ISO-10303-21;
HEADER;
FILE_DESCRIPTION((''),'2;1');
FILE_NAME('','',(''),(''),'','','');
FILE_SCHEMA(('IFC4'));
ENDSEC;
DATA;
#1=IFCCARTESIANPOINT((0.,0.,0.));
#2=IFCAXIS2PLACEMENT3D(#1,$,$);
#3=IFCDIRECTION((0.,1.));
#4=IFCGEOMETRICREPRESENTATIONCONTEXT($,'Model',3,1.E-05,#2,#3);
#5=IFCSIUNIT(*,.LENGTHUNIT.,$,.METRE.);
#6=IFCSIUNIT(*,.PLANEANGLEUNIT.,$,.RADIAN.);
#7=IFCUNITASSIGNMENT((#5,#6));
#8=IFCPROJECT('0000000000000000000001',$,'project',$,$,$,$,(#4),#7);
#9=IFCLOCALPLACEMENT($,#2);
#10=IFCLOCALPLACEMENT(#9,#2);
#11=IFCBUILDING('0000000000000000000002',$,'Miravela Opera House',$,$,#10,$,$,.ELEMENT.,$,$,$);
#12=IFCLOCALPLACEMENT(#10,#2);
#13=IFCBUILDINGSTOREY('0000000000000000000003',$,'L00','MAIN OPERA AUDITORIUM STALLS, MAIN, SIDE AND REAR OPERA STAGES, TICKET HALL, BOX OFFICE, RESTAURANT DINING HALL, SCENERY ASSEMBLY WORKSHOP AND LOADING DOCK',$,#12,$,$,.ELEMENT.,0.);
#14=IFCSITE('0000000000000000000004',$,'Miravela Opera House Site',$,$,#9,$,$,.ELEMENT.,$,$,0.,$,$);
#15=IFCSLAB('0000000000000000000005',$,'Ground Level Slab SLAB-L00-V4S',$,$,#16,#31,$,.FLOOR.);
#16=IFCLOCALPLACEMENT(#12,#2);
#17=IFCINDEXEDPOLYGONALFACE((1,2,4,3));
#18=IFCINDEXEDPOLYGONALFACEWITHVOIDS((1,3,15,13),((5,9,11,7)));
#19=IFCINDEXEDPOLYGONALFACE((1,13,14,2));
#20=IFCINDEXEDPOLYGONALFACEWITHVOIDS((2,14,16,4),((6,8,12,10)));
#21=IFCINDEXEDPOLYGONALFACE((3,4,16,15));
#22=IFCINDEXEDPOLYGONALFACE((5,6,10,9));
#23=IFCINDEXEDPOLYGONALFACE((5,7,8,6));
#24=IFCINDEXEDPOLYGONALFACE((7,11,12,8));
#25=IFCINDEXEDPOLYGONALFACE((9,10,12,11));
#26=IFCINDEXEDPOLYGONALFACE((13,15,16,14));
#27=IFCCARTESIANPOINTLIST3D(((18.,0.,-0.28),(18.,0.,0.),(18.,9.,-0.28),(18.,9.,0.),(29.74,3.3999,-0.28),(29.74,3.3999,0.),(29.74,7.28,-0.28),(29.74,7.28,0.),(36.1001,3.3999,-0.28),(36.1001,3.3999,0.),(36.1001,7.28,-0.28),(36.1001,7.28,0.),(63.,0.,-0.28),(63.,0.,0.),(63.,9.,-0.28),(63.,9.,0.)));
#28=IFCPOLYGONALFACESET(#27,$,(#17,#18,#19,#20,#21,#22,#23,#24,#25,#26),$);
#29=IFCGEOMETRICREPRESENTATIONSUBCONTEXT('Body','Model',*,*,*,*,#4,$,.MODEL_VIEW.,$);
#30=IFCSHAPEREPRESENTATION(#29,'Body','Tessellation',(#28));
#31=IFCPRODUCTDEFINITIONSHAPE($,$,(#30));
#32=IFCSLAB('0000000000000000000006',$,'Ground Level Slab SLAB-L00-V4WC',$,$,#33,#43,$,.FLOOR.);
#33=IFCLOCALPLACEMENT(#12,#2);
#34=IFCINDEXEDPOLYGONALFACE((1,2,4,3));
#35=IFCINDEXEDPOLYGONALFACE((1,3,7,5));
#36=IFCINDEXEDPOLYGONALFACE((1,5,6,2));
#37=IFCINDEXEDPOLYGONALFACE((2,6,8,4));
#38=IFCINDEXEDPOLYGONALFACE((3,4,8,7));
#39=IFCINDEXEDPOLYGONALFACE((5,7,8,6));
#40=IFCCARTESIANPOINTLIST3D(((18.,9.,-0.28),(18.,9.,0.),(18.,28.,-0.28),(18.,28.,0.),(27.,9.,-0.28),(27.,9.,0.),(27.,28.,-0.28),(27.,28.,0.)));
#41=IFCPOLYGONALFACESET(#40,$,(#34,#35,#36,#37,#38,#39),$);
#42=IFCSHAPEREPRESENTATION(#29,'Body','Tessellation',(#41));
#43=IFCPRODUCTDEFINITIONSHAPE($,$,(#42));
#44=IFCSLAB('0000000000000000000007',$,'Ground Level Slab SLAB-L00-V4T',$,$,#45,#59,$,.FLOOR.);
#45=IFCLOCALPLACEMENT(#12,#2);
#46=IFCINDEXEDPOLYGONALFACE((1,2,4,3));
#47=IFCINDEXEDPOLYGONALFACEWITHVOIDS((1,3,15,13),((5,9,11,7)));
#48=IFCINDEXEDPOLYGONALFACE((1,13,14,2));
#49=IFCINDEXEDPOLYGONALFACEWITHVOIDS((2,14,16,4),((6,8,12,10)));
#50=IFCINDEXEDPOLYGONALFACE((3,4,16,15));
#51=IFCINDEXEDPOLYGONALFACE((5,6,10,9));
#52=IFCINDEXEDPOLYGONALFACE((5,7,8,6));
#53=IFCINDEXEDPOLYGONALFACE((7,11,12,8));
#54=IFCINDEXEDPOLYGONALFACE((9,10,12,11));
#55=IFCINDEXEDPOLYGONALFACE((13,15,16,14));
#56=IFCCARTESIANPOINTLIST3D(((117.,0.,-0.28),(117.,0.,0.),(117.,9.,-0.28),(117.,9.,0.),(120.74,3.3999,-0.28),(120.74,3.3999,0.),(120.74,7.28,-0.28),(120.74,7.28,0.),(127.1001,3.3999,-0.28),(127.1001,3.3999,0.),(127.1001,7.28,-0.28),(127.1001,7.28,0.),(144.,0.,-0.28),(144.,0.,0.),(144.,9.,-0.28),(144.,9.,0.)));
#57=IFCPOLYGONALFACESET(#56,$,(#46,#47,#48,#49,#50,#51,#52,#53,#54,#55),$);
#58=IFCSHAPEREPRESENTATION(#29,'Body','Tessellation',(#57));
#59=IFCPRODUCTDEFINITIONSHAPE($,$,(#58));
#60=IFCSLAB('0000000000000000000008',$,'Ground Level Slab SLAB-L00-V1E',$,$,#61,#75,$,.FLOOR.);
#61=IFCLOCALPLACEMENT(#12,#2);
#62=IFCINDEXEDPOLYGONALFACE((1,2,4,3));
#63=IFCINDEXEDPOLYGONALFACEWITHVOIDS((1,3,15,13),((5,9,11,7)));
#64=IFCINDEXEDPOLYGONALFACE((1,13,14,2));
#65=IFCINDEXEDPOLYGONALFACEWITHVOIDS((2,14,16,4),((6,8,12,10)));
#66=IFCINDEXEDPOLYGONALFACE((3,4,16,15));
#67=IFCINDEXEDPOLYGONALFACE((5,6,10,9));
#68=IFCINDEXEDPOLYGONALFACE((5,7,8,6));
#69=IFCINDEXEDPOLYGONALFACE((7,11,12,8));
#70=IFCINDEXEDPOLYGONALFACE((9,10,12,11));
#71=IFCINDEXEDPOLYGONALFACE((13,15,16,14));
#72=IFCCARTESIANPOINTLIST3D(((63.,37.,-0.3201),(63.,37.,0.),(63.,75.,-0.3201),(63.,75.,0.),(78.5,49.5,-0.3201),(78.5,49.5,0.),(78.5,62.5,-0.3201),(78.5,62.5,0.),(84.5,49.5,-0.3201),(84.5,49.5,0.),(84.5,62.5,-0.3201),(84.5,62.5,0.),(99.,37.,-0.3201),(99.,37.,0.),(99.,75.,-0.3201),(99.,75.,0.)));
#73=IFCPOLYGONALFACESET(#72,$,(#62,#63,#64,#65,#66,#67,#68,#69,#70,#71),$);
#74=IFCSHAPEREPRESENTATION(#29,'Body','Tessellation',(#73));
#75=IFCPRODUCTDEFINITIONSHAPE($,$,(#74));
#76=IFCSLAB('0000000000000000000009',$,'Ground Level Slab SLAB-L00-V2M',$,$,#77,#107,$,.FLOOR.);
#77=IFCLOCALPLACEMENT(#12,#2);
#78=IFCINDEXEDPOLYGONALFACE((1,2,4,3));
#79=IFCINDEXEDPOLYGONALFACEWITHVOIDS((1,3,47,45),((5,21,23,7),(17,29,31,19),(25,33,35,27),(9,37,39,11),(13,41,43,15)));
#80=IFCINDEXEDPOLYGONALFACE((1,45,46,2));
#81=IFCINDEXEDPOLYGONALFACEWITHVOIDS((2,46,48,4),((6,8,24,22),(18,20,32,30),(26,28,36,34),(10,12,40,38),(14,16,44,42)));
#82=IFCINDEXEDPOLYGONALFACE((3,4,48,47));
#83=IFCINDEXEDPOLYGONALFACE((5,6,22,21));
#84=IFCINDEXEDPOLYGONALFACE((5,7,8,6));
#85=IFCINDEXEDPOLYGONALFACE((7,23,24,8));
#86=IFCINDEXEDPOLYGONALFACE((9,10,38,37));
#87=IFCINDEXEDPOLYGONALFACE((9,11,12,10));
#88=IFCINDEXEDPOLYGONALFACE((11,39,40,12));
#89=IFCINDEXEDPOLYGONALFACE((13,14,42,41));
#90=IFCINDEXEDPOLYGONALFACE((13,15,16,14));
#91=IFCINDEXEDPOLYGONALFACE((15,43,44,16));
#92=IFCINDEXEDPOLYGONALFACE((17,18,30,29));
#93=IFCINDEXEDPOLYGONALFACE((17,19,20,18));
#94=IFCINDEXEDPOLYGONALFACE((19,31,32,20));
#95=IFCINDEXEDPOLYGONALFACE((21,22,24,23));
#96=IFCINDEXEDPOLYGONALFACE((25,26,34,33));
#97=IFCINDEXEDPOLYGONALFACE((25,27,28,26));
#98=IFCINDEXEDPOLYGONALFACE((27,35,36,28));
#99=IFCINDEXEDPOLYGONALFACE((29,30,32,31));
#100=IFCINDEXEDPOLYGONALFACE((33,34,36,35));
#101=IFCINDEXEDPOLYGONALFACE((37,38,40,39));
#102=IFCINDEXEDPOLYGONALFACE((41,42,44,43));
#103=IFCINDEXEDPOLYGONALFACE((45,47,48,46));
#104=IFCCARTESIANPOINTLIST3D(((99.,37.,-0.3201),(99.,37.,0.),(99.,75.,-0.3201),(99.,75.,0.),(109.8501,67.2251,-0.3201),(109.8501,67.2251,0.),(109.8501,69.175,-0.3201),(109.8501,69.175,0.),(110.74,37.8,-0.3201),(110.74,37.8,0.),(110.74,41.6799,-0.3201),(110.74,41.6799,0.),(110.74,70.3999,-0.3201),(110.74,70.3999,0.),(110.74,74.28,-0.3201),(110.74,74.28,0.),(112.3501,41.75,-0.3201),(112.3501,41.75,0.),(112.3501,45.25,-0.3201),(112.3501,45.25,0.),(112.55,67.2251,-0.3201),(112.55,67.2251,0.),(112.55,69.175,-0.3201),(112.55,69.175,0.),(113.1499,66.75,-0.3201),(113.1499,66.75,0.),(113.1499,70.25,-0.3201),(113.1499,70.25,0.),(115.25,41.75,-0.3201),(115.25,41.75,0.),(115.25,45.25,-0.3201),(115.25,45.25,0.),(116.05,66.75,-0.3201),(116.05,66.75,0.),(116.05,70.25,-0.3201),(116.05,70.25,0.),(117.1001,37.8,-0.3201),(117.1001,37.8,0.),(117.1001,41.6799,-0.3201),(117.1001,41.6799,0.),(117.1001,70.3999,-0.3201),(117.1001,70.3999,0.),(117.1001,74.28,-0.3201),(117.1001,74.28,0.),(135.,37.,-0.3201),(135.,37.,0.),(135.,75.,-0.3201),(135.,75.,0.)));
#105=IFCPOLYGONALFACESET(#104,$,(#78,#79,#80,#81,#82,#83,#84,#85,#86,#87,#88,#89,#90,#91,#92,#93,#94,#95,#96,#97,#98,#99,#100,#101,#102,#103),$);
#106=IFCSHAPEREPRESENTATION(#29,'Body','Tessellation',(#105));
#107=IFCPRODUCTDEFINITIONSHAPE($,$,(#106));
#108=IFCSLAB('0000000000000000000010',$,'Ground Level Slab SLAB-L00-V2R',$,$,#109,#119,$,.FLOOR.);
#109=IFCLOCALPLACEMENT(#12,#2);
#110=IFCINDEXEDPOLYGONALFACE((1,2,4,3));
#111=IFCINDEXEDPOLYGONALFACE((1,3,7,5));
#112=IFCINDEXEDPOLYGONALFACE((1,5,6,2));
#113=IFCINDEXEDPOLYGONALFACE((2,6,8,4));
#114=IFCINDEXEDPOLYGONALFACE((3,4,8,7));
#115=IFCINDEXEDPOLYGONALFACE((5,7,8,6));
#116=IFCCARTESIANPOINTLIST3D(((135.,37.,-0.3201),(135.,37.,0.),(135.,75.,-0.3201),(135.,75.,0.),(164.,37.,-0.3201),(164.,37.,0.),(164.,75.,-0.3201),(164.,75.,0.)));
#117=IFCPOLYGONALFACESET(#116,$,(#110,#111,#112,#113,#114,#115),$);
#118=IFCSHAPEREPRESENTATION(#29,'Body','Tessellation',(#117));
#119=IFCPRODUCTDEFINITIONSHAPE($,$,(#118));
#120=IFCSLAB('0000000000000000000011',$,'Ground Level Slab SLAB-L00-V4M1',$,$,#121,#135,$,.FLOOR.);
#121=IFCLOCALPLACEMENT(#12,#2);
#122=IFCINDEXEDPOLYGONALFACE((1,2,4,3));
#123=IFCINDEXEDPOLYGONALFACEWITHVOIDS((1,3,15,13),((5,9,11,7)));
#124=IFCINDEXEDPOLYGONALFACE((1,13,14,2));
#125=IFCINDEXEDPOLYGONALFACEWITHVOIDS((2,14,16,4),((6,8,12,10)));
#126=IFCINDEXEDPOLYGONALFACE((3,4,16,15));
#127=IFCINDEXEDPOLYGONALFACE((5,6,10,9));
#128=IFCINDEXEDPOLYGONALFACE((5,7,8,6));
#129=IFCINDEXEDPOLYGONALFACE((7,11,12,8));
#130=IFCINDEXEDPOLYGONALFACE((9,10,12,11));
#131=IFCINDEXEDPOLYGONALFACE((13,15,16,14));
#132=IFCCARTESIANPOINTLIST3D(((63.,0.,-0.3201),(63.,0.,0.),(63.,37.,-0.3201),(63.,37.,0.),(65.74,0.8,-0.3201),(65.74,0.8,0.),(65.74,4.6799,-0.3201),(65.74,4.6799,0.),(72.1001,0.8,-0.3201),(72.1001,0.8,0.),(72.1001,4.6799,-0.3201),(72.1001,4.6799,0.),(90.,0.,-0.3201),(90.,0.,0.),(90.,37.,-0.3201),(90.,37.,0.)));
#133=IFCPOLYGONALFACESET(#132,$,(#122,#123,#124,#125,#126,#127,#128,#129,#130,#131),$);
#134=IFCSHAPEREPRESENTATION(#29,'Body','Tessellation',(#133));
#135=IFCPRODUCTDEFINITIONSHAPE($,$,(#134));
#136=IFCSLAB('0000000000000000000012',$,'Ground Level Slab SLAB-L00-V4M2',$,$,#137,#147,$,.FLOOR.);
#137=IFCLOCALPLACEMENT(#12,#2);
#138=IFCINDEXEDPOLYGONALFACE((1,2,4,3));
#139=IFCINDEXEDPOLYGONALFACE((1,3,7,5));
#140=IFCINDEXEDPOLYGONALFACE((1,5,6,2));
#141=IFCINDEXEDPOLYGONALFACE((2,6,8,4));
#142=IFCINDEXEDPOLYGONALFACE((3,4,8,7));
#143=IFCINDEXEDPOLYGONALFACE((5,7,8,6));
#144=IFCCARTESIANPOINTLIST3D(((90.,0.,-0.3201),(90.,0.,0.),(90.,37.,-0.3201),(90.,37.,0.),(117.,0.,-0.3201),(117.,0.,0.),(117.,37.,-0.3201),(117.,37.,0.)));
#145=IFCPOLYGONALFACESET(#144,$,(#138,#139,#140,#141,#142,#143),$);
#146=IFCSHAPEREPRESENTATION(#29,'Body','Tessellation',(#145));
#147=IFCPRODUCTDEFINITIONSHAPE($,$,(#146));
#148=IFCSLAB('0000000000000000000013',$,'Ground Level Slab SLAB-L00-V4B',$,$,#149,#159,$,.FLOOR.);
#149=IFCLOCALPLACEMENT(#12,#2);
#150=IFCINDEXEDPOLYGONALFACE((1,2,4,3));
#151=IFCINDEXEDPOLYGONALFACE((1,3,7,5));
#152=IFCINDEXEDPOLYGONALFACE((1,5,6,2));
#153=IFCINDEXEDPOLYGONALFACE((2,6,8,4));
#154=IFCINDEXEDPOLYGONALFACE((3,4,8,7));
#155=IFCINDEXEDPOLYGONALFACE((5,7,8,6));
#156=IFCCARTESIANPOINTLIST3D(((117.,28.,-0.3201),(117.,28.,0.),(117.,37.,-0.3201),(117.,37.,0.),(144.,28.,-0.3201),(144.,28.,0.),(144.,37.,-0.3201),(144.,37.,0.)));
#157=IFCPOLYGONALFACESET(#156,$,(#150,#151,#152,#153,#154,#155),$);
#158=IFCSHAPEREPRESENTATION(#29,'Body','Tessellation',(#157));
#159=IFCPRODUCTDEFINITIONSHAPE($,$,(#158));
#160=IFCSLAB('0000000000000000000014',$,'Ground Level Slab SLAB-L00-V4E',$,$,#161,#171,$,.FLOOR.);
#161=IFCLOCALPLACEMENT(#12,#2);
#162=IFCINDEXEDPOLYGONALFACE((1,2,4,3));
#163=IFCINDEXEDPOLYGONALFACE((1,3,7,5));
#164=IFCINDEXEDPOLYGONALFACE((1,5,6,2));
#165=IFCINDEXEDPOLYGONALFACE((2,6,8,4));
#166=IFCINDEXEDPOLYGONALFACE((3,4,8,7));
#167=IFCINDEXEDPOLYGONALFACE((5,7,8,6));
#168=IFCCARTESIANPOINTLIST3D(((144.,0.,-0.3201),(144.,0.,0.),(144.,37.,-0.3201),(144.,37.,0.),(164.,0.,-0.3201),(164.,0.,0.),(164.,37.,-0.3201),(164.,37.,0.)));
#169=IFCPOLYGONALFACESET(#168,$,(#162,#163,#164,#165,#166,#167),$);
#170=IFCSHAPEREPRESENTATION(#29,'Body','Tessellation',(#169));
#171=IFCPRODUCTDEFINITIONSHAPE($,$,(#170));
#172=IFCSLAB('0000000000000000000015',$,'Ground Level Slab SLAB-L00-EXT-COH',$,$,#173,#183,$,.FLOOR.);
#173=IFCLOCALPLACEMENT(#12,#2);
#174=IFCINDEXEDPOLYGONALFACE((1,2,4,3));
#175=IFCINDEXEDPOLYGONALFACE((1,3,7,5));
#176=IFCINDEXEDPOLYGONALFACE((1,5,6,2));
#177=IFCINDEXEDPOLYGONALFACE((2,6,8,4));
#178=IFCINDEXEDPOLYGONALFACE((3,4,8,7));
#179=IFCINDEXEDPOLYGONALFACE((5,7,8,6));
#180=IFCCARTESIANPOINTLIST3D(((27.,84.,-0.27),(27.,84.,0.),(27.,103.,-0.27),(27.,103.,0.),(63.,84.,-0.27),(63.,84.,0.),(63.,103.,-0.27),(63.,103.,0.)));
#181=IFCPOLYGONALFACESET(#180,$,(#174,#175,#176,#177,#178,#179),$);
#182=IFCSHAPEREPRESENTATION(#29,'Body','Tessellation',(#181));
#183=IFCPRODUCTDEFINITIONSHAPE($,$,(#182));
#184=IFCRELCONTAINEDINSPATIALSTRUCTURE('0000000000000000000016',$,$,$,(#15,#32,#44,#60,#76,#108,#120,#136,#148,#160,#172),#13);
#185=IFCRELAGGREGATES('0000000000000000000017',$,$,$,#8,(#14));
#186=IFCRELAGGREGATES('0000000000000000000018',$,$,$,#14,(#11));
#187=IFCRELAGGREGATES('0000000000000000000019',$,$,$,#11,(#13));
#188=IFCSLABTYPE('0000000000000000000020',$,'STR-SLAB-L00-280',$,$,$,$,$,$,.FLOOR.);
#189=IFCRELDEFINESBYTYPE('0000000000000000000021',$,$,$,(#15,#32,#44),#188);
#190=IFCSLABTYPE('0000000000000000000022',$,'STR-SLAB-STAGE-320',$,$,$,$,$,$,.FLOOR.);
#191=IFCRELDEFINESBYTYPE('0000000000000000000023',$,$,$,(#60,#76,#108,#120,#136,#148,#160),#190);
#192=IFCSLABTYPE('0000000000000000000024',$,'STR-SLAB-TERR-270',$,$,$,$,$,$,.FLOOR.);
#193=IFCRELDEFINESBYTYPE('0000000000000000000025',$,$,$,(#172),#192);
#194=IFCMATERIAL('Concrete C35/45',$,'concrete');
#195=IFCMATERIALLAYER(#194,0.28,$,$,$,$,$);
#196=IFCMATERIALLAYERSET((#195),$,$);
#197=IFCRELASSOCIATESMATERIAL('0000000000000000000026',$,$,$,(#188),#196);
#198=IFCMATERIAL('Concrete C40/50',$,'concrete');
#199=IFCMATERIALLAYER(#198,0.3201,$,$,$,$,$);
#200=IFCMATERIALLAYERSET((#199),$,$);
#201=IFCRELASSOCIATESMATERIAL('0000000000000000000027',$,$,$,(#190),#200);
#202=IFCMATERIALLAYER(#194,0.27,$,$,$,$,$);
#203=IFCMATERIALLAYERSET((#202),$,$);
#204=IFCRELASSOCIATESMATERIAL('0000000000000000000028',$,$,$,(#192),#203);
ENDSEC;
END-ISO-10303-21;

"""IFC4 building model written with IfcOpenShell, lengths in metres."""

from ifc_helpers import new_model, si_unit, direction, frame, origin, place, context, subcontext, project, spatial, polyline, outline, extrude, material, layer, layer_set, type_object, element, save


model = new_model("IFC4")

# Units and contexts
model_context = context("Model", 3, precision=1e-05, world=origin(), true_north=direction((0.0, 1.0)))
body_context = subcontext(model_context, "Body", "Model", "MODEL_VIEW")
ifc_project = project(units=[si_unit("LENGTHUNIT", "METRE"), si_unit("PLANEANGLEUNIT", "RADIAN")], contexts=[model_context])

# Site, building, storey
site_placement = place(None, origin())
site = spatial("IfcSite", under=ifc_project, at=site_placement, Name="Miravela Opera House Site", CompositionType="ELEMENT", RefElevation=0.0)
building_placement = place(site_placement, origin())
building = spatial("IfcBuilding", under=site, at=building_placement, Name="Miravela Opera House", CompositionType="ELEMENT")
storey_placement = place(building_placement, origin())
storey = spatial("IfcBuildingStorey", under=building, at=storey_placement, Name="L00", Description="MAIN OPERA AUDITORIUM STALLS, MAIN, SIDE AND REAR OPERA STAGES, TICKET HALL, BOX OFFICE, RESTAURANT DINING HALL, SCENERY ASSEMBLY WORKSHOP AND LOADING DOCK", CompositionType="ELEMENT", Elevation=0.0)

# Slabs
ifc_material_1 = material(Name="Concrete C35/45", Category="concrete")
ifc_layer_1 = layer(ifc_material_1, 0.28)
ifc_layer_set_1 = layer_set([ifc_layer_1])
slab_type_1 = type_object("IfcSlabType", Name="STR-SLAB-L00-280", PredefinedType="FLOOR", material=ifc_layer_set_1)
slab_1_placement = place(storey_placement, frame((0.0, 0.0, -0.28)))
element("IfcSlab", 1, at=slab_1_placement, inside=storey, type_object=slab_type_1, Name="Ground Level Slab SLAB-L00-V4S", PredefinedType="FLOOR", context=body_context, shape_type="SweptSolid", body=[
    extrude(outline(polyline([(18.0, 0.0), (63.0, 0.0), (63.0, 9.0), (18.0, 9.0), (18.0, 0.0)]), holes=[polyline([(29.74, 3.3999), (36.1001, 3.3999), (36.1001, 7.28), (29.74, 7.28), (29.74, 3.3999)])]), origin(), (0.0, 0.0, 1.0), 0.28),
])
slab_2_placement = place(storey_placement, frame((0.0, 0.0, -0.28)))
element("IfcSlab", 2, at=slab_2_placement, inside=storey, type_object=slab_type_1, Name="Ground Level Slab SLAB-L00-V4WC", PredefinedType="FLOOR", context=body_context, shape_type="SweptSolid", body=[
    extrude(outline(polyline([(18.0, 9.0), (27.0, 9.0), (27.0, 28.0), (18.0, 28.0), (18.0, 9.0)])), origin(), (0.0, 0.0, 1.0), 0.28),
])
slab_3_placement = place(storey_placement, frame((0.0, 0.0, -0.28)))
element("IfcSlab", 3, at=slab_3_placement, inside=storey, type_object=slab_type_1, Name="Ground Level Slab SLAB-L00-V4T", PredefinedType="FLOOR", context=body_context, shape_type="SweptSolid", body=[
    extrude(outline(polyline([(117.0, 0.0), (144.0, 0.0), (144.0, 9.0), (117.0, 9.0), (117.0, 0.0)]), holes=[polyline([(120.74, 3.3999), (127.1001, 3.3999), (127.1001, 7.28), (120.74, 7.28), (120.74, 3.3999)])]), origin(), (0.0, 0.0, 1.0), 0.28),
])
ifc_material_2 = material(Name="Concrete C40/50", Category="concrete")
ifc_layer_2 = layer(ifc_material_2, 0.3201)
ifc_layer_set_2 = layer_set([ifc_layer_2])
slab_type_2 = type_object("IfcSlabType", Name="STR-SLAB-STAGE-320", PredefinedType="FLOOR", material=ifc_layer_set_2)
slab_4_placement = place(storey_placement, frame((0.0, 0.0, -0.3201)))
element("IfcSlab", 4, at=slab_4_placement, inside=storey, type_object=slab_type_2, Name="Ground Level Slab SLAB-L00-V1E", PredefinedType="FLOOR", context=body_context, shape_type="SweptSolid", body=[
    extrude(outline(polyline([(63.0, 37.0), (99.0, 37.0), (99.0, 75.0), (63.0, 75.0), (63.0, 37.0)]), holes=[polyline([(78.5, 49.5), (84.5, 49.5), (84.5, 62.5), (78.5, 62.5), (78.5, 49.5)])]), origin(), (0.0, 0.0, 1.0), 0.3201),
])
slab_5_placement = place(storey_placement, frame((0.0, 0.0, -0.3201)))
element("IfcSlab", 5, at=slab_5_placement, inside=storey, type_object=slab_type_2, Name="Ground Level Slab SLAB-L00-V2M", PredefinedType="FLOOR", context=body_context, shape_type="SweptSolid", body=[
    extrude(outline(polyline([(99.0, 37.0), (135.0, 37.0), (135.0, 75.0), (99.0, 75.0), (99.0, 37.0)]), holes=[polyline([(110.74, 70.3999), (117.1001, 70.3999), (117.1001, 74.28), (110.74, 74.28), (110.74, 70.3999)]), polyline([(110.74, 37.8), (117.1001, 37.8), (117.1001, 41.6799), (110.74, 41.6799), (110.74, 37.8)]), polyline([(109.8501, 67.2251), (112.55, 67.2251), (112.55, 69.175), (109.8501, 69.175), (109.8501, 67.2251)]), polyline([(113.1499, 66.75), (116.05, 66.75), (116.05, 70.25), (113.1499, 70.25), (113.1499, 66.75)]), polyline([(112.3501, 41.75), (115.25, 41.75), (115.25, 45.25), (112.3501, 45.25), (112.3501, 41.75)])]), origin(), (0.0, 0.0, 1.0), 0.3201),
])
slab_6_placement = place(storey_placement, frame((0.0, 0.0, -0.3201)))
element("IfcSlab", 6, at=slab_6_placement, inside=storey, type_object=slab_type_2, Name="Ground Level Slab SLAB-L00-V2R", PredefinedType="FLOOR", context=body_context, shape_type="SweptSolid", body=[
    extrude(outline(polyline([(135.0, 37.0), (164.0, 37.0), (164.0, 75.0), (135.0, 75.0), (135.0, 37.0)])), origin(), (0.0, 0.0, 1.0), 0.3201),
])
slab_7_placement = place(storey_placement, frame((0.0, 0.0, -0.3201)))
element("IfcSlab", 7, at=slab_7_placement, inside=storey, type_object=slab_type_2, Name="Ground Level Slab SLAB-L00-V4M1", PredefinedType="FLOOR", context=body_context, shape_type="SweptSolid", body=[
    extrude(outline(polyline([(63.0, 0.0), (90.0, 0.0), (90.0, 37.0), (63.0, 37.0), (63.0, 0.0)]), holes=[polyline([(65.74, 0.8), (72.1001, 0.8), (72.1001, 4.6799), (65.74, 4.6799), (65.74, 0.8)])]), origin(), (0.0, 0.0, 1.0), 0.3201),
])
slab_8_placement = place(storey_placement, frame((0.0, 0.0, -0.3201)))
element("IfcSlab", 8, at=slab_8_placement, inside=storey, type_object=slab_type_2, Name="Ground Level Slab SLAB-L00-V4M2", PredefinedType="FLOOR", context=body_context, shape_type="SweptSolid", body=[
    extrude(outline(polyline([(90.0, 0.0), (117.0, 0.0), (117.0, 37.0), (90.0, 37.0), (90.0, 0.0)])), origin(), (0.0, 0.0, 1.0), 0.3201),
])
slab_9_placement = place(storey_placement, frame((0.0, 0.0, -0.3201)))
element("IfcSlab", 9, at=slab_9_placement, inside=storey, type_object=slab_type_2, Name="Ground Level Slab SLAB-L00-V4B", PredefinedType="FLOOR", context=body_context, shape_type="SweptSolid", body=[
    extrude(outline(polyline([(117.0, 28.0), (144.0, 28.0), (144.0, 37.0), (117.0, 37.0), (117.0, 28.0)])), origin(), (0.0, 0.0, 1.0), 0.3201),
])
slab_10_placement = place(storey_placement, frame((0.0, 0.0, -0.3201)))
element("IfcSlab", 10, at=slab_10_placement, inside=storey, type_object=slab_type_2, Name="Ground Level Slab SLAB-L00-V4E", PredefinedType="FLOOR", context=body_context, shape_type="SweptSolid", body=[
    extrude(outline(polyline([(144.0, 0.0), (164.0, 0.0), (164.0, 37.0), (144.0, 37.0), (144.0, 0.0)])), origin(), (0.0, 0.0, 1.0), 0.3201),
])
ifc_layer_3 = layer(ifc_material_1, 0.27)
ifc_layer_set_3 = layer_set([ifc_layer_3])
slab_type_3 = type_object("IfcSlabType", Name="STR-SLAB-TERR-270", PredefinedType="FLOOR", material=ifc_layer_set_3)
slab_11_placement = place(storey_placement, frame((0.0, 0.0, -0.27)))
element("IfcSlab", 11, at=slab_11_placement, inside=storey, type_object=slab_type_3, Name="Ground Level Slab SLAB-L00-EXT-COH", PredefinedType="FLOOR", context=body_context, shape_type="SweptSolid", body=[
    extrude(outline(polyline([(27.0, 84.0), (63.0, 84.0), (63.0, 103.0), (27.0, 103.0), (27.0, 84.0)])), origin(), (0.0, 0.0, 1.0), 0.27),
])

save(model, "model.ifc")
